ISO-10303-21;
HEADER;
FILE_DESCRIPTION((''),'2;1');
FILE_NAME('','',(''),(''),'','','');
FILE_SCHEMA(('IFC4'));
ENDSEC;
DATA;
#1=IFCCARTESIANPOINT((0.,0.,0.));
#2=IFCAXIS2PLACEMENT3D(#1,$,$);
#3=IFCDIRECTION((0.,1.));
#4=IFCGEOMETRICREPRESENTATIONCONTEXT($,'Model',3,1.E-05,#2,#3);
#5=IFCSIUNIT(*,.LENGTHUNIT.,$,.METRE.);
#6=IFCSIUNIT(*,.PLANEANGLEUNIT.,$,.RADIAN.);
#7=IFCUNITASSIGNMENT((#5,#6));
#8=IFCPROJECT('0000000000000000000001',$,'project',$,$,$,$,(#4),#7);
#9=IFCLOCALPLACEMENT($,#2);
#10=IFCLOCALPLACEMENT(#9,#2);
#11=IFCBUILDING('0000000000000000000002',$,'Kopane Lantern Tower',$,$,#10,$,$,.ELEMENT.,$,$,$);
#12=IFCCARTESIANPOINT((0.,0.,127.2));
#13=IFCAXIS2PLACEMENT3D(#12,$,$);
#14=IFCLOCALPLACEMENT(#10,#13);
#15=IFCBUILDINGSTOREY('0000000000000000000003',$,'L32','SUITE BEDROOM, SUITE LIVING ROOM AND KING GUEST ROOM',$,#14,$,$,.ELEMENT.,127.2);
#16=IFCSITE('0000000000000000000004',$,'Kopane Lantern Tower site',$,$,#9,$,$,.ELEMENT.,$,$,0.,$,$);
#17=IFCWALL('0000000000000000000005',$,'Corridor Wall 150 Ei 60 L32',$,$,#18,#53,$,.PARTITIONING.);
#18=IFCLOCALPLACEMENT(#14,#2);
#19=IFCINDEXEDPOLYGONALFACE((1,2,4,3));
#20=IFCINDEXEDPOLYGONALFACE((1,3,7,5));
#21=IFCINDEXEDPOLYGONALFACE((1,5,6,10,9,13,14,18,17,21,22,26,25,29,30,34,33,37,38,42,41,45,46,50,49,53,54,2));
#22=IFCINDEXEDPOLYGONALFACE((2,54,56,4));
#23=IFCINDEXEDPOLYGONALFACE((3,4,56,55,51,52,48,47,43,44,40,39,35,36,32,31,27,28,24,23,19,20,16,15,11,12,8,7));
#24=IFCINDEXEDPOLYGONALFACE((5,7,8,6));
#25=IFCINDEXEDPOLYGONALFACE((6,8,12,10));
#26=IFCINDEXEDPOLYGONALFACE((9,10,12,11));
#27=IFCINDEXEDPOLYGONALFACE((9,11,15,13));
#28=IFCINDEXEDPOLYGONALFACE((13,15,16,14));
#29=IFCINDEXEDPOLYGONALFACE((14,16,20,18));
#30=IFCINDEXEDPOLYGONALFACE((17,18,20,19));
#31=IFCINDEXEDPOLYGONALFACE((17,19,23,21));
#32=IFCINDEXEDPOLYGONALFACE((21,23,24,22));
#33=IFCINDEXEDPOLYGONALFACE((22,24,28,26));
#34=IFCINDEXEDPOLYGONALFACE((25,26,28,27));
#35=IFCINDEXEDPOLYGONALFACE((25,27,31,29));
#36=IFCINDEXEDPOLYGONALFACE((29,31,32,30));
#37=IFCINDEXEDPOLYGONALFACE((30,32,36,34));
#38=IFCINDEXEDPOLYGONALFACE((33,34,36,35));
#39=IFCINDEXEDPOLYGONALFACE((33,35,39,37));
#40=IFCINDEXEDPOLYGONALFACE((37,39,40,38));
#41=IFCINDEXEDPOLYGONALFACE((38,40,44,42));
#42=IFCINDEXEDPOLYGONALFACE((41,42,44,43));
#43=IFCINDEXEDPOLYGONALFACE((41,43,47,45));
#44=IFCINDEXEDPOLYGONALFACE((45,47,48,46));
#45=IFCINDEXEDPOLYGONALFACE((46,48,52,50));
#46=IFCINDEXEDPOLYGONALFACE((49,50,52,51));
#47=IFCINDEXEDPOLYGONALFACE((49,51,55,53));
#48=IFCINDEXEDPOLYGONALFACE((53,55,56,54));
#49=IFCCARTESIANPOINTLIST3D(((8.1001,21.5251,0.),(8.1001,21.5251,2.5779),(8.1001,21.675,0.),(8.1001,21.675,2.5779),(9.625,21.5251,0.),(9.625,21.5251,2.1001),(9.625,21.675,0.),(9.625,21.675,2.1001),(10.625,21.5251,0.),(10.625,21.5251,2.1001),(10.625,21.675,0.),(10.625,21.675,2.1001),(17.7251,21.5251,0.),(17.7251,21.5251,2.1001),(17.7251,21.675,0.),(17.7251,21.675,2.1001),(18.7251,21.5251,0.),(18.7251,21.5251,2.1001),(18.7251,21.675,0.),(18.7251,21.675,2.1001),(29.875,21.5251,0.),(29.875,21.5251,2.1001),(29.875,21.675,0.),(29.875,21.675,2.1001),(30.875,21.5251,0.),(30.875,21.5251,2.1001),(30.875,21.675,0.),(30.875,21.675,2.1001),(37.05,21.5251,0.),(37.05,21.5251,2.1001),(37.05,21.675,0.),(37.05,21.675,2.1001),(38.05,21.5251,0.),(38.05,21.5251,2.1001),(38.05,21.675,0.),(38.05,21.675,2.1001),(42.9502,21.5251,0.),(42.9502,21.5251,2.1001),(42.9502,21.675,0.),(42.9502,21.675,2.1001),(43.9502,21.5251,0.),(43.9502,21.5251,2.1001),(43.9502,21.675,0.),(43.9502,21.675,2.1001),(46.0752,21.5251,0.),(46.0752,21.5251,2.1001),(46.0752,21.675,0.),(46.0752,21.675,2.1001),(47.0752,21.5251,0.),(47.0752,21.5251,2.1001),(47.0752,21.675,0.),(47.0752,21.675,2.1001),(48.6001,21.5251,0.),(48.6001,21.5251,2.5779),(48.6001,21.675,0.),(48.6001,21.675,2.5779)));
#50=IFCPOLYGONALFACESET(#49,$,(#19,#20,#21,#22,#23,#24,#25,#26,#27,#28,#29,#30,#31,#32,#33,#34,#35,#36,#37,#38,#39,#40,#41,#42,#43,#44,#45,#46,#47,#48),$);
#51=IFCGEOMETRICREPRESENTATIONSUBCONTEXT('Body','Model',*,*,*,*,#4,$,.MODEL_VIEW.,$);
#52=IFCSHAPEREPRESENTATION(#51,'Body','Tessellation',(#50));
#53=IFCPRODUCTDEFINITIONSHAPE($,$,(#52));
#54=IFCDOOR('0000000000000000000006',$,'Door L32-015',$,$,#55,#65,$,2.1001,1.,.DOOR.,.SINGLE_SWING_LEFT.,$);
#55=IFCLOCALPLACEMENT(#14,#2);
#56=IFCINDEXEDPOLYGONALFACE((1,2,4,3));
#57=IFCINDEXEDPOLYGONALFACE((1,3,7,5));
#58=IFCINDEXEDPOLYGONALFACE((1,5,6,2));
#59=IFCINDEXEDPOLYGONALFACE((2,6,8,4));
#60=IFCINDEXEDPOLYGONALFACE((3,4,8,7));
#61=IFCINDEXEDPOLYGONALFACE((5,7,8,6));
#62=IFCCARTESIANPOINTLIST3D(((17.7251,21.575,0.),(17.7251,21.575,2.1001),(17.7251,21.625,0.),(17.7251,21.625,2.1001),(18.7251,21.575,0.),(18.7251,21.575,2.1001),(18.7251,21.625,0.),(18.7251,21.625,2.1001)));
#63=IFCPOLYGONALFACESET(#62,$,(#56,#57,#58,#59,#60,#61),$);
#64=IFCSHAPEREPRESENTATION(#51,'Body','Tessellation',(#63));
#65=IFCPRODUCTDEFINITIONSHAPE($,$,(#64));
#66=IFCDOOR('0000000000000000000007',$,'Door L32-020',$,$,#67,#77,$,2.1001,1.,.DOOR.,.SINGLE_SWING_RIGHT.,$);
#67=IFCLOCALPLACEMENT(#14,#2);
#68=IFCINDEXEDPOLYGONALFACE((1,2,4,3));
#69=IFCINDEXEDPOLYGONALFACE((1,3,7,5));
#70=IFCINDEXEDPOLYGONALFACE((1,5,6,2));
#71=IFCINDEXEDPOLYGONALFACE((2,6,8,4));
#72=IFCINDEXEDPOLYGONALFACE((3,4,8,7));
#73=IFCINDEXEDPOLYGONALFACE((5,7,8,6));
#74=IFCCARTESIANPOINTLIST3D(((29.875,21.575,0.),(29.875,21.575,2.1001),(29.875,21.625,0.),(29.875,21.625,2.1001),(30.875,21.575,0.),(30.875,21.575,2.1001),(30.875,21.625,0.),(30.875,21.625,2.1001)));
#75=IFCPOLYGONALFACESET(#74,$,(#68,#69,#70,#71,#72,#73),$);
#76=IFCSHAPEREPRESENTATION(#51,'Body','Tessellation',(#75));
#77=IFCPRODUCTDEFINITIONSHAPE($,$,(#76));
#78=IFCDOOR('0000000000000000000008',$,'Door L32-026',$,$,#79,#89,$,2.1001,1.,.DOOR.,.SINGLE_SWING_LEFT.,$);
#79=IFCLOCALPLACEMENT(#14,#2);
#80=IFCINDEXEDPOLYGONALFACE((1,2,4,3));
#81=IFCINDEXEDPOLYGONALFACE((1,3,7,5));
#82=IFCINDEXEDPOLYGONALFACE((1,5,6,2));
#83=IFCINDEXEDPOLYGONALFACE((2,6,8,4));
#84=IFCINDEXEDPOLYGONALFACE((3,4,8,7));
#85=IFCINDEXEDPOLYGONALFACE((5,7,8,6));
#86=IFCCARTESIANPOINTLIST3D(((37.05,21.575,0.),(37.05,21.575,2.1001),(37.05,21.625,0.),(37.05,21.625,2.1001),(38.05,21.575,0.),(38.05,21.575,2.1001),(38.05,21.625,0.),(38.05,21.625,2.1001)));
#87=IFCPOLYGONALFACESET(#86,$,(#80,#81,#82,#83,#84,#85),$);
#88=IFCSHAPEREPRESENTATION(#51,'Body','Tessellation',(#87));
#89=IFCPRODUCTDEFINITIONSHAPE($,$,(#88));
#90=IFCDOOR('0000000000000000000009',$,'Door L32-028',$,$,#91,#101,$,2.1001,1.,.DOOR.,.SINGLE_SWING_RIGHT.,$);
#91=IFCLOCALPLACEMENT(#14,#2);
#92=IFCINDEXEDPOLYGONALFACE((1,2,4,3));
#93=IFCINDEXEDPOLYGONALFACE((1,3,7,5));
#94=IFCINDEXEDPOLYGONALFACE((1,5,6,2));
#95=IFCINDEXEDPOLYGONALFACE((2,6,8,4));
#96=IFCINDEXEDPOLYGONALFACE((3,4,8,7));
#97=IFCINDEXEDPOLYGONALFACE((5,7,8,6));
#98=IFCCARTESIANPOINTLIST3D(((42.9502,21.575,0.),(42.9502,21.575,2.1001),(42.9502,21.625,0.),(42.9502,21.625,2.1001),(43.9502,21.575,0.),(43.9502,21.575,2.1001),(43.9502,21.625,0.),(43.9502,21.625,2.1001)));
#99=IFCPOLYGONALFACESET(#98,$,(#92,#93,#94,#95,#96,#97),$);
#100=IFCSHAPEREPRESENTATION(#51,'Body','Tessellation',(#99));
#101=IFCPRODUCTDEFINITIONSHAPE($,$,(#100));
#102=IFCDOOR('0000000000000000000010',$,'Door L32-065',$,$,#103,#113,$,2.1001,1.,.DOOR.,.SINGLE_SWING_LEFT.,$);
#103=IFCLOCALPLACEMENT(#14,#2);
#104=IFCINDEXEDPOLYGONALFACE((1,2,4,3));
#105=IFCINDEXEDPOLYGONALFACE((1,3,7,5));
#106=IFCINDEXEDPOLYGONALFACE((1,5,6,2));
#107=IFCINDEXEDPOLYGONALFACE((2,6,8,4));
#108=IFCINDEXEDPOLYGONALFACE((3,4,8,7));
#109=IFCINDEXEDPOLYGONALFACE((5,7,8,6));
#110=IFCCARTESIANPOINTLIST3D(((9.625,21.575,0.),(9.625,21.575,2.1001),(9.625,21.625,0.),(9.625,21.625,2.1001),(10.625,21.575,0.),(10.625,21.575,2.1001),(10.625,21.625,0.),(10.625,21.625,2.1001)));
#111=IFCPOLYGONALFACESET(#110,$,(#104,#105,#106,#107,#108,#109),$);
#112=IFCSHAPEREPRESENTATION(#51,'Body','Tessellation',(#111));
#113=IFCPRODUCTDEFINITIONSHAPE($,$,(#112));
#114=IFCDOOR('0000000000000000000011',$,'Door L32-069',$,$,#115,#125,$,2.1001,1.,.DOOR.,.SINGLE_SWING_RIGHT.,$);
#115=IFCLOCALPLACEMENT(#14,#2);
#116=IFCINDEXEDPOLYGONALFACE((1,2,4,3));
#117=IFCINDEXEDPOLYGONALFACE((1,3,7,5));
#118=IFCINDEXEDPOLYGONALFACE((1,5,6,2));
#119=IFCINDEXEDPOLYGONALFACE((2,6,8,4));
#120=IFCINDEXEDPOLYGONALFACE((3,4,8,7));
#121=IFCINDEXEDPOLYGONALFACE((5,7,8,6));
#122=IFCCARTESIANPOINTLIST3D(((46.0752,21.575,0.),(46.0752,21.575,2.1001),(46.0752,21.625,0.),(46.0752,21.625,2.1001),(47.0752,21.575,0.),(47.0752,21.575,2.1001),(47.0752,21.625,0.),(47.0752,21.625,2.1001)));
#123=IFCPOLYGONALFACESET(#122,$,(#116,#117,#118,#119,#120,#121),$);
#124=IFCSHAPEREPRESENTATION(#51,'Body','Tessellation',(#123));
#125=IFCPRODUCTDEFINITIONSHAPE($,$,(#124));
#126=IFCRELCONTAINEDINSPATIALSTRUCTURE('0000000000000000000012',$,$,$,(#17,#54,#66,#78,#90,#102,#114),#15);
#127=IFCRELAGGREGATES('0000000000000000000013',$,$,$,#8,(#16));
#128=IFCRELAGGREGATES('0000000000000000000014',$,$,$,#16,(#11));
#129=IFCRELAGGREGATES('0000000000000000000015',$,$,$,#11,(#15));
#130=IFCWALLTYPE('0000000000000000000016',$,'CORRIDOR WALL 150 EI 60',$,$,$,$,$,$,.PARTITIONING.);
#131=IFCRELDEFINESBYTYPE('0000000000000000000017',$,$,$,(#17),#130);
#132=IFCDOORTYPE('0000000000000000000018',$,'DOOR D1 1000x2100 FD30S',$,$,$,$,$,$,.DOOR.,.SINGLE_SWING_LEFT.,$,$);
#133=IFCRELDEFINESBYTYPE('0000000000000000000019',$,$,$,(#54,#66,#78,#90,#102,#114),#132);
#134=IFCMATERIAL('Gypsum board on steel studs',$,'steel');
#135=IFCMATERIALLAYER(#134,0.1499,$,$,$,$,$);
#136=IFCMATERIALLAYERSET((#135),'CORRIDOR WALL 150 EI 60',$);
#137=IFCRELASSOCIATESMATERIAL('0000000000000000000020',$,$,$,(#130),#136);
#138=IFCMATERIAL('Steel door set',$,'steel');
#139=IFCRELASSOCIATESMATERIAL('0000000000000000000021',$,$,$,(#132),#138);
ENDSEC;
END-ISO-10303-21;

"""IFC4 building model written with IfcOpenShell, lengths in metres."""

from ifc_helpers import new_model, si_unit, direction, frame, frame_2d, origin, place, context, subcontext, project, spatial, rectangle, extrude, material, layer, layer_set, type_object, element, fill, save


model = new_model("IFC4")

# Units and contexts
model_context = context("Model", 3, precision=1e-05, world=origin(), true_north=direction((0.0, 1.0)))
body_context = subcontext(model_context, "Body", "Model", "MODEL_VIEW")
ifc_project = project(units=[si_unit("LENGTHUNIT", "METRE"), si_unit("PLANEANGLEUNIT", "RADIAN")], contexts=[model_context])

# Site, building, storey
site_placement = place(None, origin())
site = spatial("IfcSite", under=ifc_project, at=site_placement, Name="Kopane Lantern Tower site", CompositionType="ELEMENT", RefElevation=0.0)
building_placement = place(site_placement, origin())
building = spatial("IfcBuilding", under=site, at=building_placement, Name="Kopane Lantern Tower", CompositionType="ELEMENT")
storey_placement = place(building_placement, frame((0.0, 0.0, 127.2)))
storey = spatial("IfcBuildingStorey", under=building, at=storey_placement, Name="L32", Description="SUITE BEDROOM, SUITE LIVING ROOM AND KING GUEST ROOM", CompositionType="ELEMENT", Elevation=127.2)

# Wall, openings, doors
ifc_material_1 = material(Name="Gypsum board on steel studs", Category="steel")
ifc_layer_1 = layer(ifc_material_1, 0.1499)
ifc_layer_set_1 = layer_set([ifc_layer_1], Name="CORRIDOR WALL 150 EI 60")
wall_type_1 = type_object("IfcWallType", Name="CORRIDOR WALL 150 EI 60", PredefinedType="PARTITIONING", material=ifc_layer_set_1)
wall_1_placement = place(storey_placement, frame((8.1001, 21.6001, 0.0), z_axis=(0.0, 0.0, 1.0), x_axis=(1.0, 0.0, 0.0)))
wall_1 = element("IfcWall", 1, at=wall_1_placement, inside=storey, type_object=wall_type_1, Name="Corridor Wall 150 Ei 60 L32", PredefinedType="PARTITIONING", context=body_context, shape_type="SweptSolid", body=[
    extrude(rectangle(XDim=40.5, YDim=0.1499, at=frame_2d((20.25, 0.0))), origin(), (0.0, 0.0, 1.0), 2.5779),
])
opening_1_placement = place(wall_1_placement, frame((9.625, 0.0, 0.0)))
opening_1 = element("IfcOpeningElement", 2, at=opening_1_placement, cuts=wall_1, PredefinedType="OPENING", context=body_context, shape_type="SweptSolid", body=[
    extrude(rectangle(XDim=1.0, YDim=2.1001, at=frame_2d((0.5, 1.05))), frame((0.0, 0.085, 0.0), z_axis=(0.0, -1.0, 0.0), x_axis=(1.0, 0.0, 0.0)), (0.0, 0.0, 1.0), 0.1699),
])
opening_2_placement = place(wall_1_placement, frame((21.7749, 0.0, 0.0)))
opening_2 = element("IfcOpeningElement", 3, at=opening_2_placement, cuts=wall_1, PredefinedType="OPENING", context=body_context, shape_type="SweptSolid", body=[
    extrude(rectangle(XDim=1.0, YDim=2.1001, at=frame_2d((0.5, 1.05))), frame((0.0, 0.085, 0.0), z_axis=(0.0, -1.0, 0.0), x_axis=(1.0, 0.0, 0.0)), (0.0, 0.0, 1.0), 0.1699),
])
opening_3_placement = place(wall_1_placement, frame((28.95, 0.0, 0.0)))
opening_3 = element("IfcOpeningElement", 4, at=opening_3_placement, cuts=wall_1, PredefinedType="OPENING", context=body_context, shape_type="SweptSolid", body=[
    extrude(rectangle(XDim=1.0, YDim=2.1001, at=frame_2d((0.5, 1.05))), frame((0.0, 0.085, 0.0), z_axis=(0.0, -1.0, 0.0), x_axis=(1.0, 0.0, 0.0)), (0.0, 0.0, 1.0), 0.1699),
])
opening_4_placement = place(wall_1_placement, frame((34.8501, 0.0, 0.0)))
opening_4 = element("IfcOpeningElement", 5, at=opening_4_placement, cuts=wall_1, PredefinedType="OPENING", context=body_context, shape_type="SweptSolid", body=[
    extrude(rectangle(XDim=1.0, YDim=2.1001, at=frame_2d((0.5, 1.05))), frame((0.0, 0.085, 0.0), z_axis=(0.0, -1.0, 0.0), x_axis=(1.0, 0.0, 0.0)), (0.0, 0.0, 1.0), 0.1699),
])
opening_5_placement = place(wall_1_placement, frame((1.5249, 0.0, 0.0)))
opening_5 = element("IfcOpeningElement", 6, at=opening_5_placement, cuts=wall_1, PredefinedType="OPENING", context=body_context, shape_type="SweptSolid", body=[
    extrude(rectangle(XDim=1.0, YDim=2.1001, at=frame_2d((0.5, 1.05))), frame((0.0, 0.085, 0.0), z_axis=(0.0, -1.0, 0.0), x_axis=(1.0, 0.0, 0.0)), (0.0, 0.0, 1.0), 0.1699),
])
opening_6_placement = place(wall_1_placement, frame((37.9751, 0.0, 0.0)))
opening_6 = element("IfcOpeningElement", 7, at=opening_6_placement, cuts=wall_1, PredefinedType="OPENING", context=body_context, shape_type="SweptSolid", body=[
    extrude(rectangle(XDim=1.0, YDim=2.1001, at=frame_2d((0.5, 1.05))), frame((0.0, 0.085, 0.0), z_axis=(0.0, -1.0, 0.0), x_axis=(1.0, 0.0, 0.0)), (0.0, 0.0, 1.0), 0.1699),
])
ifc_material_2 = material(Name="Steel door set", Category="steel")
door_type_1 = type_object("IfcDoorType", Name="DOOR D1 1000x2100 FD30S", OperationType="SINGLE_SWING_LEFT", PredefinedType="DOOR", material=ifc_material_2)
door_1_placement = place(opening_1_placement, origin())
door_1 = element("IfcDoor", 8, at=door_1_placement, inside=storey, type_object=door_type_1, Name="Door L32-015", OperationType="SINGLE_SWING_LEFT", OverallHeight=2.1001, OverallWidth=1.0, PredefinedType="DOOR", context=body_context, shape_type="SweptSolid", body=[
    extrude(rectangle(XDim=1.0, YDim=2.1001, at=frame_2d((0.5, 1.05))), frame((0.0, 0.0249, 0.0), z_axis=(0.0, -1.0, 0.0), x_axis=(1.0, 0.0, 0.0)), (0.0, 0.0, 1.0), 0.05),
])
fill(opening_1, door_1)
door_2_placement = place(opening_2_placement, origin())
door_2 = element("IfcDoor", 9, at=door_2_placement, inside=storey, type_object=door_type_1, Name="Door L32-020", OperationType="SINGLE_SWING_RIGHT", OverallHeight=2.1001, OverallWidth=1.0, PredefinedType="DOOR", context=body_context, shape_type="SweptSolid", body=[
    extrude(rectangle(XDim=1.0, YDim=2.1001, at=frame_2d((0.5, 1.05))), frame((0.0, 0.0249, 0.0), z_axis=(0.0, -1.0, 0.0), x_axis=(1.0, 0.0, 0.0)), (0.0, 0.0, 1.0), 0.05),
])
fill(opening_2, door_2)
door_3_placement = place(opening_3_placement, origin())
door_3 = element("IfcDoor", 10, at=door_3_placement, inside=storey, type_object=door_type_1, Name="Door L32-026", OperationType="SINGLE_SWING_LEFT", OverallHeight=2.1001, OverallWidth=1.0, PredefinedType="DOOR", context=body_context, shape_type="SweptSolid", body=[
    extrude(rectangle(XDim=1.0, YDim=2.1001, at=frame_2d((0.5, 1.05))), frame((0.0, 0.0249, 0.0), z_axis=(0.0, -1.0, 0.0), x_axis=(1.0, 0.0, 0.0)), (0.0, 0.0, 1.0), 0.05),
])
fill(opening_3, door_3)
door_4_placement = place(opening_4_placement, origin())
door_4 = element("IfcDoor", 11, at=door_4_placement, inside=storey, type_object=door_type_1, Name="Door L32-028", OperationType="SINGLE_SWING_RIGHT", OverallHeight=2.1001, OverallWidth=1.0, PredefinedType="DOOR", context=body_context, shape_type="SweptSolid", body=[
    extrude(rectangle(XDim=1.0, YDim=2.1001, at=frame_2d((0.5, 1.05))), frame((0.0, 0.0249, 0.0), z_axis=(0.0, -1.0, 0.0), x_axis=(1.0, 0.0, 0.0)), (0.0, 0.0, 1.0), 0.05),
])
fill(opening_4, door_4)
door_5_placement = place(opening_5_placement, origin())
door_5 = element("IfcDoor", 12, at=door_5_placement, inside=storey, type_object=door_type_1, Name="Door L32-065", OperationType="SINGLE_SWING_LEFT", OverallHeight=2.1001, OverallWidth=1.0, PredefinedType="DOOR", context=body_context, shape_type="SweptSolid", body=[
    extrude(rectangle(XDim=1.0, YDim=2.1001, at=frame_2d((0.5, 1.05))), frame((0.0, 0.0249, 0.0), z_axis=(0.0, -1.0, 0.0), x_axis=(1.0, 0.0, 0.0)), (0.0, 0.0, 1.0), 0.05),
])
fill(opening_5, door_5)
door_6_placement = place(opening_6_placement, origin())
door_6 = element("IfcDoor", 13, at=door_6_placement, inside=storey, type_object=door_type_1, Name="Door L32-069", OperationType="SINGLE_SWING_RIGHT", OverallHeight=2.1001, OverallWidth=1.0, PredefinedType="DOOR", context=body_context, shape_type="SweptSolid", body=[
    extrude(rectangle(XDim=1.0, YDim=2.1001, at=frame_2d((0.5, 1.05))), frame((0.0, 0.0249, 0.0), z_axis=(0.0, -1.0, 0.0), x_axis=(1.0, 0.0, 0.0)), (0.0, 0.0, 1.0), 0.05),
])
fill(opening_6, door_6)

save(model, "model.ifc")
